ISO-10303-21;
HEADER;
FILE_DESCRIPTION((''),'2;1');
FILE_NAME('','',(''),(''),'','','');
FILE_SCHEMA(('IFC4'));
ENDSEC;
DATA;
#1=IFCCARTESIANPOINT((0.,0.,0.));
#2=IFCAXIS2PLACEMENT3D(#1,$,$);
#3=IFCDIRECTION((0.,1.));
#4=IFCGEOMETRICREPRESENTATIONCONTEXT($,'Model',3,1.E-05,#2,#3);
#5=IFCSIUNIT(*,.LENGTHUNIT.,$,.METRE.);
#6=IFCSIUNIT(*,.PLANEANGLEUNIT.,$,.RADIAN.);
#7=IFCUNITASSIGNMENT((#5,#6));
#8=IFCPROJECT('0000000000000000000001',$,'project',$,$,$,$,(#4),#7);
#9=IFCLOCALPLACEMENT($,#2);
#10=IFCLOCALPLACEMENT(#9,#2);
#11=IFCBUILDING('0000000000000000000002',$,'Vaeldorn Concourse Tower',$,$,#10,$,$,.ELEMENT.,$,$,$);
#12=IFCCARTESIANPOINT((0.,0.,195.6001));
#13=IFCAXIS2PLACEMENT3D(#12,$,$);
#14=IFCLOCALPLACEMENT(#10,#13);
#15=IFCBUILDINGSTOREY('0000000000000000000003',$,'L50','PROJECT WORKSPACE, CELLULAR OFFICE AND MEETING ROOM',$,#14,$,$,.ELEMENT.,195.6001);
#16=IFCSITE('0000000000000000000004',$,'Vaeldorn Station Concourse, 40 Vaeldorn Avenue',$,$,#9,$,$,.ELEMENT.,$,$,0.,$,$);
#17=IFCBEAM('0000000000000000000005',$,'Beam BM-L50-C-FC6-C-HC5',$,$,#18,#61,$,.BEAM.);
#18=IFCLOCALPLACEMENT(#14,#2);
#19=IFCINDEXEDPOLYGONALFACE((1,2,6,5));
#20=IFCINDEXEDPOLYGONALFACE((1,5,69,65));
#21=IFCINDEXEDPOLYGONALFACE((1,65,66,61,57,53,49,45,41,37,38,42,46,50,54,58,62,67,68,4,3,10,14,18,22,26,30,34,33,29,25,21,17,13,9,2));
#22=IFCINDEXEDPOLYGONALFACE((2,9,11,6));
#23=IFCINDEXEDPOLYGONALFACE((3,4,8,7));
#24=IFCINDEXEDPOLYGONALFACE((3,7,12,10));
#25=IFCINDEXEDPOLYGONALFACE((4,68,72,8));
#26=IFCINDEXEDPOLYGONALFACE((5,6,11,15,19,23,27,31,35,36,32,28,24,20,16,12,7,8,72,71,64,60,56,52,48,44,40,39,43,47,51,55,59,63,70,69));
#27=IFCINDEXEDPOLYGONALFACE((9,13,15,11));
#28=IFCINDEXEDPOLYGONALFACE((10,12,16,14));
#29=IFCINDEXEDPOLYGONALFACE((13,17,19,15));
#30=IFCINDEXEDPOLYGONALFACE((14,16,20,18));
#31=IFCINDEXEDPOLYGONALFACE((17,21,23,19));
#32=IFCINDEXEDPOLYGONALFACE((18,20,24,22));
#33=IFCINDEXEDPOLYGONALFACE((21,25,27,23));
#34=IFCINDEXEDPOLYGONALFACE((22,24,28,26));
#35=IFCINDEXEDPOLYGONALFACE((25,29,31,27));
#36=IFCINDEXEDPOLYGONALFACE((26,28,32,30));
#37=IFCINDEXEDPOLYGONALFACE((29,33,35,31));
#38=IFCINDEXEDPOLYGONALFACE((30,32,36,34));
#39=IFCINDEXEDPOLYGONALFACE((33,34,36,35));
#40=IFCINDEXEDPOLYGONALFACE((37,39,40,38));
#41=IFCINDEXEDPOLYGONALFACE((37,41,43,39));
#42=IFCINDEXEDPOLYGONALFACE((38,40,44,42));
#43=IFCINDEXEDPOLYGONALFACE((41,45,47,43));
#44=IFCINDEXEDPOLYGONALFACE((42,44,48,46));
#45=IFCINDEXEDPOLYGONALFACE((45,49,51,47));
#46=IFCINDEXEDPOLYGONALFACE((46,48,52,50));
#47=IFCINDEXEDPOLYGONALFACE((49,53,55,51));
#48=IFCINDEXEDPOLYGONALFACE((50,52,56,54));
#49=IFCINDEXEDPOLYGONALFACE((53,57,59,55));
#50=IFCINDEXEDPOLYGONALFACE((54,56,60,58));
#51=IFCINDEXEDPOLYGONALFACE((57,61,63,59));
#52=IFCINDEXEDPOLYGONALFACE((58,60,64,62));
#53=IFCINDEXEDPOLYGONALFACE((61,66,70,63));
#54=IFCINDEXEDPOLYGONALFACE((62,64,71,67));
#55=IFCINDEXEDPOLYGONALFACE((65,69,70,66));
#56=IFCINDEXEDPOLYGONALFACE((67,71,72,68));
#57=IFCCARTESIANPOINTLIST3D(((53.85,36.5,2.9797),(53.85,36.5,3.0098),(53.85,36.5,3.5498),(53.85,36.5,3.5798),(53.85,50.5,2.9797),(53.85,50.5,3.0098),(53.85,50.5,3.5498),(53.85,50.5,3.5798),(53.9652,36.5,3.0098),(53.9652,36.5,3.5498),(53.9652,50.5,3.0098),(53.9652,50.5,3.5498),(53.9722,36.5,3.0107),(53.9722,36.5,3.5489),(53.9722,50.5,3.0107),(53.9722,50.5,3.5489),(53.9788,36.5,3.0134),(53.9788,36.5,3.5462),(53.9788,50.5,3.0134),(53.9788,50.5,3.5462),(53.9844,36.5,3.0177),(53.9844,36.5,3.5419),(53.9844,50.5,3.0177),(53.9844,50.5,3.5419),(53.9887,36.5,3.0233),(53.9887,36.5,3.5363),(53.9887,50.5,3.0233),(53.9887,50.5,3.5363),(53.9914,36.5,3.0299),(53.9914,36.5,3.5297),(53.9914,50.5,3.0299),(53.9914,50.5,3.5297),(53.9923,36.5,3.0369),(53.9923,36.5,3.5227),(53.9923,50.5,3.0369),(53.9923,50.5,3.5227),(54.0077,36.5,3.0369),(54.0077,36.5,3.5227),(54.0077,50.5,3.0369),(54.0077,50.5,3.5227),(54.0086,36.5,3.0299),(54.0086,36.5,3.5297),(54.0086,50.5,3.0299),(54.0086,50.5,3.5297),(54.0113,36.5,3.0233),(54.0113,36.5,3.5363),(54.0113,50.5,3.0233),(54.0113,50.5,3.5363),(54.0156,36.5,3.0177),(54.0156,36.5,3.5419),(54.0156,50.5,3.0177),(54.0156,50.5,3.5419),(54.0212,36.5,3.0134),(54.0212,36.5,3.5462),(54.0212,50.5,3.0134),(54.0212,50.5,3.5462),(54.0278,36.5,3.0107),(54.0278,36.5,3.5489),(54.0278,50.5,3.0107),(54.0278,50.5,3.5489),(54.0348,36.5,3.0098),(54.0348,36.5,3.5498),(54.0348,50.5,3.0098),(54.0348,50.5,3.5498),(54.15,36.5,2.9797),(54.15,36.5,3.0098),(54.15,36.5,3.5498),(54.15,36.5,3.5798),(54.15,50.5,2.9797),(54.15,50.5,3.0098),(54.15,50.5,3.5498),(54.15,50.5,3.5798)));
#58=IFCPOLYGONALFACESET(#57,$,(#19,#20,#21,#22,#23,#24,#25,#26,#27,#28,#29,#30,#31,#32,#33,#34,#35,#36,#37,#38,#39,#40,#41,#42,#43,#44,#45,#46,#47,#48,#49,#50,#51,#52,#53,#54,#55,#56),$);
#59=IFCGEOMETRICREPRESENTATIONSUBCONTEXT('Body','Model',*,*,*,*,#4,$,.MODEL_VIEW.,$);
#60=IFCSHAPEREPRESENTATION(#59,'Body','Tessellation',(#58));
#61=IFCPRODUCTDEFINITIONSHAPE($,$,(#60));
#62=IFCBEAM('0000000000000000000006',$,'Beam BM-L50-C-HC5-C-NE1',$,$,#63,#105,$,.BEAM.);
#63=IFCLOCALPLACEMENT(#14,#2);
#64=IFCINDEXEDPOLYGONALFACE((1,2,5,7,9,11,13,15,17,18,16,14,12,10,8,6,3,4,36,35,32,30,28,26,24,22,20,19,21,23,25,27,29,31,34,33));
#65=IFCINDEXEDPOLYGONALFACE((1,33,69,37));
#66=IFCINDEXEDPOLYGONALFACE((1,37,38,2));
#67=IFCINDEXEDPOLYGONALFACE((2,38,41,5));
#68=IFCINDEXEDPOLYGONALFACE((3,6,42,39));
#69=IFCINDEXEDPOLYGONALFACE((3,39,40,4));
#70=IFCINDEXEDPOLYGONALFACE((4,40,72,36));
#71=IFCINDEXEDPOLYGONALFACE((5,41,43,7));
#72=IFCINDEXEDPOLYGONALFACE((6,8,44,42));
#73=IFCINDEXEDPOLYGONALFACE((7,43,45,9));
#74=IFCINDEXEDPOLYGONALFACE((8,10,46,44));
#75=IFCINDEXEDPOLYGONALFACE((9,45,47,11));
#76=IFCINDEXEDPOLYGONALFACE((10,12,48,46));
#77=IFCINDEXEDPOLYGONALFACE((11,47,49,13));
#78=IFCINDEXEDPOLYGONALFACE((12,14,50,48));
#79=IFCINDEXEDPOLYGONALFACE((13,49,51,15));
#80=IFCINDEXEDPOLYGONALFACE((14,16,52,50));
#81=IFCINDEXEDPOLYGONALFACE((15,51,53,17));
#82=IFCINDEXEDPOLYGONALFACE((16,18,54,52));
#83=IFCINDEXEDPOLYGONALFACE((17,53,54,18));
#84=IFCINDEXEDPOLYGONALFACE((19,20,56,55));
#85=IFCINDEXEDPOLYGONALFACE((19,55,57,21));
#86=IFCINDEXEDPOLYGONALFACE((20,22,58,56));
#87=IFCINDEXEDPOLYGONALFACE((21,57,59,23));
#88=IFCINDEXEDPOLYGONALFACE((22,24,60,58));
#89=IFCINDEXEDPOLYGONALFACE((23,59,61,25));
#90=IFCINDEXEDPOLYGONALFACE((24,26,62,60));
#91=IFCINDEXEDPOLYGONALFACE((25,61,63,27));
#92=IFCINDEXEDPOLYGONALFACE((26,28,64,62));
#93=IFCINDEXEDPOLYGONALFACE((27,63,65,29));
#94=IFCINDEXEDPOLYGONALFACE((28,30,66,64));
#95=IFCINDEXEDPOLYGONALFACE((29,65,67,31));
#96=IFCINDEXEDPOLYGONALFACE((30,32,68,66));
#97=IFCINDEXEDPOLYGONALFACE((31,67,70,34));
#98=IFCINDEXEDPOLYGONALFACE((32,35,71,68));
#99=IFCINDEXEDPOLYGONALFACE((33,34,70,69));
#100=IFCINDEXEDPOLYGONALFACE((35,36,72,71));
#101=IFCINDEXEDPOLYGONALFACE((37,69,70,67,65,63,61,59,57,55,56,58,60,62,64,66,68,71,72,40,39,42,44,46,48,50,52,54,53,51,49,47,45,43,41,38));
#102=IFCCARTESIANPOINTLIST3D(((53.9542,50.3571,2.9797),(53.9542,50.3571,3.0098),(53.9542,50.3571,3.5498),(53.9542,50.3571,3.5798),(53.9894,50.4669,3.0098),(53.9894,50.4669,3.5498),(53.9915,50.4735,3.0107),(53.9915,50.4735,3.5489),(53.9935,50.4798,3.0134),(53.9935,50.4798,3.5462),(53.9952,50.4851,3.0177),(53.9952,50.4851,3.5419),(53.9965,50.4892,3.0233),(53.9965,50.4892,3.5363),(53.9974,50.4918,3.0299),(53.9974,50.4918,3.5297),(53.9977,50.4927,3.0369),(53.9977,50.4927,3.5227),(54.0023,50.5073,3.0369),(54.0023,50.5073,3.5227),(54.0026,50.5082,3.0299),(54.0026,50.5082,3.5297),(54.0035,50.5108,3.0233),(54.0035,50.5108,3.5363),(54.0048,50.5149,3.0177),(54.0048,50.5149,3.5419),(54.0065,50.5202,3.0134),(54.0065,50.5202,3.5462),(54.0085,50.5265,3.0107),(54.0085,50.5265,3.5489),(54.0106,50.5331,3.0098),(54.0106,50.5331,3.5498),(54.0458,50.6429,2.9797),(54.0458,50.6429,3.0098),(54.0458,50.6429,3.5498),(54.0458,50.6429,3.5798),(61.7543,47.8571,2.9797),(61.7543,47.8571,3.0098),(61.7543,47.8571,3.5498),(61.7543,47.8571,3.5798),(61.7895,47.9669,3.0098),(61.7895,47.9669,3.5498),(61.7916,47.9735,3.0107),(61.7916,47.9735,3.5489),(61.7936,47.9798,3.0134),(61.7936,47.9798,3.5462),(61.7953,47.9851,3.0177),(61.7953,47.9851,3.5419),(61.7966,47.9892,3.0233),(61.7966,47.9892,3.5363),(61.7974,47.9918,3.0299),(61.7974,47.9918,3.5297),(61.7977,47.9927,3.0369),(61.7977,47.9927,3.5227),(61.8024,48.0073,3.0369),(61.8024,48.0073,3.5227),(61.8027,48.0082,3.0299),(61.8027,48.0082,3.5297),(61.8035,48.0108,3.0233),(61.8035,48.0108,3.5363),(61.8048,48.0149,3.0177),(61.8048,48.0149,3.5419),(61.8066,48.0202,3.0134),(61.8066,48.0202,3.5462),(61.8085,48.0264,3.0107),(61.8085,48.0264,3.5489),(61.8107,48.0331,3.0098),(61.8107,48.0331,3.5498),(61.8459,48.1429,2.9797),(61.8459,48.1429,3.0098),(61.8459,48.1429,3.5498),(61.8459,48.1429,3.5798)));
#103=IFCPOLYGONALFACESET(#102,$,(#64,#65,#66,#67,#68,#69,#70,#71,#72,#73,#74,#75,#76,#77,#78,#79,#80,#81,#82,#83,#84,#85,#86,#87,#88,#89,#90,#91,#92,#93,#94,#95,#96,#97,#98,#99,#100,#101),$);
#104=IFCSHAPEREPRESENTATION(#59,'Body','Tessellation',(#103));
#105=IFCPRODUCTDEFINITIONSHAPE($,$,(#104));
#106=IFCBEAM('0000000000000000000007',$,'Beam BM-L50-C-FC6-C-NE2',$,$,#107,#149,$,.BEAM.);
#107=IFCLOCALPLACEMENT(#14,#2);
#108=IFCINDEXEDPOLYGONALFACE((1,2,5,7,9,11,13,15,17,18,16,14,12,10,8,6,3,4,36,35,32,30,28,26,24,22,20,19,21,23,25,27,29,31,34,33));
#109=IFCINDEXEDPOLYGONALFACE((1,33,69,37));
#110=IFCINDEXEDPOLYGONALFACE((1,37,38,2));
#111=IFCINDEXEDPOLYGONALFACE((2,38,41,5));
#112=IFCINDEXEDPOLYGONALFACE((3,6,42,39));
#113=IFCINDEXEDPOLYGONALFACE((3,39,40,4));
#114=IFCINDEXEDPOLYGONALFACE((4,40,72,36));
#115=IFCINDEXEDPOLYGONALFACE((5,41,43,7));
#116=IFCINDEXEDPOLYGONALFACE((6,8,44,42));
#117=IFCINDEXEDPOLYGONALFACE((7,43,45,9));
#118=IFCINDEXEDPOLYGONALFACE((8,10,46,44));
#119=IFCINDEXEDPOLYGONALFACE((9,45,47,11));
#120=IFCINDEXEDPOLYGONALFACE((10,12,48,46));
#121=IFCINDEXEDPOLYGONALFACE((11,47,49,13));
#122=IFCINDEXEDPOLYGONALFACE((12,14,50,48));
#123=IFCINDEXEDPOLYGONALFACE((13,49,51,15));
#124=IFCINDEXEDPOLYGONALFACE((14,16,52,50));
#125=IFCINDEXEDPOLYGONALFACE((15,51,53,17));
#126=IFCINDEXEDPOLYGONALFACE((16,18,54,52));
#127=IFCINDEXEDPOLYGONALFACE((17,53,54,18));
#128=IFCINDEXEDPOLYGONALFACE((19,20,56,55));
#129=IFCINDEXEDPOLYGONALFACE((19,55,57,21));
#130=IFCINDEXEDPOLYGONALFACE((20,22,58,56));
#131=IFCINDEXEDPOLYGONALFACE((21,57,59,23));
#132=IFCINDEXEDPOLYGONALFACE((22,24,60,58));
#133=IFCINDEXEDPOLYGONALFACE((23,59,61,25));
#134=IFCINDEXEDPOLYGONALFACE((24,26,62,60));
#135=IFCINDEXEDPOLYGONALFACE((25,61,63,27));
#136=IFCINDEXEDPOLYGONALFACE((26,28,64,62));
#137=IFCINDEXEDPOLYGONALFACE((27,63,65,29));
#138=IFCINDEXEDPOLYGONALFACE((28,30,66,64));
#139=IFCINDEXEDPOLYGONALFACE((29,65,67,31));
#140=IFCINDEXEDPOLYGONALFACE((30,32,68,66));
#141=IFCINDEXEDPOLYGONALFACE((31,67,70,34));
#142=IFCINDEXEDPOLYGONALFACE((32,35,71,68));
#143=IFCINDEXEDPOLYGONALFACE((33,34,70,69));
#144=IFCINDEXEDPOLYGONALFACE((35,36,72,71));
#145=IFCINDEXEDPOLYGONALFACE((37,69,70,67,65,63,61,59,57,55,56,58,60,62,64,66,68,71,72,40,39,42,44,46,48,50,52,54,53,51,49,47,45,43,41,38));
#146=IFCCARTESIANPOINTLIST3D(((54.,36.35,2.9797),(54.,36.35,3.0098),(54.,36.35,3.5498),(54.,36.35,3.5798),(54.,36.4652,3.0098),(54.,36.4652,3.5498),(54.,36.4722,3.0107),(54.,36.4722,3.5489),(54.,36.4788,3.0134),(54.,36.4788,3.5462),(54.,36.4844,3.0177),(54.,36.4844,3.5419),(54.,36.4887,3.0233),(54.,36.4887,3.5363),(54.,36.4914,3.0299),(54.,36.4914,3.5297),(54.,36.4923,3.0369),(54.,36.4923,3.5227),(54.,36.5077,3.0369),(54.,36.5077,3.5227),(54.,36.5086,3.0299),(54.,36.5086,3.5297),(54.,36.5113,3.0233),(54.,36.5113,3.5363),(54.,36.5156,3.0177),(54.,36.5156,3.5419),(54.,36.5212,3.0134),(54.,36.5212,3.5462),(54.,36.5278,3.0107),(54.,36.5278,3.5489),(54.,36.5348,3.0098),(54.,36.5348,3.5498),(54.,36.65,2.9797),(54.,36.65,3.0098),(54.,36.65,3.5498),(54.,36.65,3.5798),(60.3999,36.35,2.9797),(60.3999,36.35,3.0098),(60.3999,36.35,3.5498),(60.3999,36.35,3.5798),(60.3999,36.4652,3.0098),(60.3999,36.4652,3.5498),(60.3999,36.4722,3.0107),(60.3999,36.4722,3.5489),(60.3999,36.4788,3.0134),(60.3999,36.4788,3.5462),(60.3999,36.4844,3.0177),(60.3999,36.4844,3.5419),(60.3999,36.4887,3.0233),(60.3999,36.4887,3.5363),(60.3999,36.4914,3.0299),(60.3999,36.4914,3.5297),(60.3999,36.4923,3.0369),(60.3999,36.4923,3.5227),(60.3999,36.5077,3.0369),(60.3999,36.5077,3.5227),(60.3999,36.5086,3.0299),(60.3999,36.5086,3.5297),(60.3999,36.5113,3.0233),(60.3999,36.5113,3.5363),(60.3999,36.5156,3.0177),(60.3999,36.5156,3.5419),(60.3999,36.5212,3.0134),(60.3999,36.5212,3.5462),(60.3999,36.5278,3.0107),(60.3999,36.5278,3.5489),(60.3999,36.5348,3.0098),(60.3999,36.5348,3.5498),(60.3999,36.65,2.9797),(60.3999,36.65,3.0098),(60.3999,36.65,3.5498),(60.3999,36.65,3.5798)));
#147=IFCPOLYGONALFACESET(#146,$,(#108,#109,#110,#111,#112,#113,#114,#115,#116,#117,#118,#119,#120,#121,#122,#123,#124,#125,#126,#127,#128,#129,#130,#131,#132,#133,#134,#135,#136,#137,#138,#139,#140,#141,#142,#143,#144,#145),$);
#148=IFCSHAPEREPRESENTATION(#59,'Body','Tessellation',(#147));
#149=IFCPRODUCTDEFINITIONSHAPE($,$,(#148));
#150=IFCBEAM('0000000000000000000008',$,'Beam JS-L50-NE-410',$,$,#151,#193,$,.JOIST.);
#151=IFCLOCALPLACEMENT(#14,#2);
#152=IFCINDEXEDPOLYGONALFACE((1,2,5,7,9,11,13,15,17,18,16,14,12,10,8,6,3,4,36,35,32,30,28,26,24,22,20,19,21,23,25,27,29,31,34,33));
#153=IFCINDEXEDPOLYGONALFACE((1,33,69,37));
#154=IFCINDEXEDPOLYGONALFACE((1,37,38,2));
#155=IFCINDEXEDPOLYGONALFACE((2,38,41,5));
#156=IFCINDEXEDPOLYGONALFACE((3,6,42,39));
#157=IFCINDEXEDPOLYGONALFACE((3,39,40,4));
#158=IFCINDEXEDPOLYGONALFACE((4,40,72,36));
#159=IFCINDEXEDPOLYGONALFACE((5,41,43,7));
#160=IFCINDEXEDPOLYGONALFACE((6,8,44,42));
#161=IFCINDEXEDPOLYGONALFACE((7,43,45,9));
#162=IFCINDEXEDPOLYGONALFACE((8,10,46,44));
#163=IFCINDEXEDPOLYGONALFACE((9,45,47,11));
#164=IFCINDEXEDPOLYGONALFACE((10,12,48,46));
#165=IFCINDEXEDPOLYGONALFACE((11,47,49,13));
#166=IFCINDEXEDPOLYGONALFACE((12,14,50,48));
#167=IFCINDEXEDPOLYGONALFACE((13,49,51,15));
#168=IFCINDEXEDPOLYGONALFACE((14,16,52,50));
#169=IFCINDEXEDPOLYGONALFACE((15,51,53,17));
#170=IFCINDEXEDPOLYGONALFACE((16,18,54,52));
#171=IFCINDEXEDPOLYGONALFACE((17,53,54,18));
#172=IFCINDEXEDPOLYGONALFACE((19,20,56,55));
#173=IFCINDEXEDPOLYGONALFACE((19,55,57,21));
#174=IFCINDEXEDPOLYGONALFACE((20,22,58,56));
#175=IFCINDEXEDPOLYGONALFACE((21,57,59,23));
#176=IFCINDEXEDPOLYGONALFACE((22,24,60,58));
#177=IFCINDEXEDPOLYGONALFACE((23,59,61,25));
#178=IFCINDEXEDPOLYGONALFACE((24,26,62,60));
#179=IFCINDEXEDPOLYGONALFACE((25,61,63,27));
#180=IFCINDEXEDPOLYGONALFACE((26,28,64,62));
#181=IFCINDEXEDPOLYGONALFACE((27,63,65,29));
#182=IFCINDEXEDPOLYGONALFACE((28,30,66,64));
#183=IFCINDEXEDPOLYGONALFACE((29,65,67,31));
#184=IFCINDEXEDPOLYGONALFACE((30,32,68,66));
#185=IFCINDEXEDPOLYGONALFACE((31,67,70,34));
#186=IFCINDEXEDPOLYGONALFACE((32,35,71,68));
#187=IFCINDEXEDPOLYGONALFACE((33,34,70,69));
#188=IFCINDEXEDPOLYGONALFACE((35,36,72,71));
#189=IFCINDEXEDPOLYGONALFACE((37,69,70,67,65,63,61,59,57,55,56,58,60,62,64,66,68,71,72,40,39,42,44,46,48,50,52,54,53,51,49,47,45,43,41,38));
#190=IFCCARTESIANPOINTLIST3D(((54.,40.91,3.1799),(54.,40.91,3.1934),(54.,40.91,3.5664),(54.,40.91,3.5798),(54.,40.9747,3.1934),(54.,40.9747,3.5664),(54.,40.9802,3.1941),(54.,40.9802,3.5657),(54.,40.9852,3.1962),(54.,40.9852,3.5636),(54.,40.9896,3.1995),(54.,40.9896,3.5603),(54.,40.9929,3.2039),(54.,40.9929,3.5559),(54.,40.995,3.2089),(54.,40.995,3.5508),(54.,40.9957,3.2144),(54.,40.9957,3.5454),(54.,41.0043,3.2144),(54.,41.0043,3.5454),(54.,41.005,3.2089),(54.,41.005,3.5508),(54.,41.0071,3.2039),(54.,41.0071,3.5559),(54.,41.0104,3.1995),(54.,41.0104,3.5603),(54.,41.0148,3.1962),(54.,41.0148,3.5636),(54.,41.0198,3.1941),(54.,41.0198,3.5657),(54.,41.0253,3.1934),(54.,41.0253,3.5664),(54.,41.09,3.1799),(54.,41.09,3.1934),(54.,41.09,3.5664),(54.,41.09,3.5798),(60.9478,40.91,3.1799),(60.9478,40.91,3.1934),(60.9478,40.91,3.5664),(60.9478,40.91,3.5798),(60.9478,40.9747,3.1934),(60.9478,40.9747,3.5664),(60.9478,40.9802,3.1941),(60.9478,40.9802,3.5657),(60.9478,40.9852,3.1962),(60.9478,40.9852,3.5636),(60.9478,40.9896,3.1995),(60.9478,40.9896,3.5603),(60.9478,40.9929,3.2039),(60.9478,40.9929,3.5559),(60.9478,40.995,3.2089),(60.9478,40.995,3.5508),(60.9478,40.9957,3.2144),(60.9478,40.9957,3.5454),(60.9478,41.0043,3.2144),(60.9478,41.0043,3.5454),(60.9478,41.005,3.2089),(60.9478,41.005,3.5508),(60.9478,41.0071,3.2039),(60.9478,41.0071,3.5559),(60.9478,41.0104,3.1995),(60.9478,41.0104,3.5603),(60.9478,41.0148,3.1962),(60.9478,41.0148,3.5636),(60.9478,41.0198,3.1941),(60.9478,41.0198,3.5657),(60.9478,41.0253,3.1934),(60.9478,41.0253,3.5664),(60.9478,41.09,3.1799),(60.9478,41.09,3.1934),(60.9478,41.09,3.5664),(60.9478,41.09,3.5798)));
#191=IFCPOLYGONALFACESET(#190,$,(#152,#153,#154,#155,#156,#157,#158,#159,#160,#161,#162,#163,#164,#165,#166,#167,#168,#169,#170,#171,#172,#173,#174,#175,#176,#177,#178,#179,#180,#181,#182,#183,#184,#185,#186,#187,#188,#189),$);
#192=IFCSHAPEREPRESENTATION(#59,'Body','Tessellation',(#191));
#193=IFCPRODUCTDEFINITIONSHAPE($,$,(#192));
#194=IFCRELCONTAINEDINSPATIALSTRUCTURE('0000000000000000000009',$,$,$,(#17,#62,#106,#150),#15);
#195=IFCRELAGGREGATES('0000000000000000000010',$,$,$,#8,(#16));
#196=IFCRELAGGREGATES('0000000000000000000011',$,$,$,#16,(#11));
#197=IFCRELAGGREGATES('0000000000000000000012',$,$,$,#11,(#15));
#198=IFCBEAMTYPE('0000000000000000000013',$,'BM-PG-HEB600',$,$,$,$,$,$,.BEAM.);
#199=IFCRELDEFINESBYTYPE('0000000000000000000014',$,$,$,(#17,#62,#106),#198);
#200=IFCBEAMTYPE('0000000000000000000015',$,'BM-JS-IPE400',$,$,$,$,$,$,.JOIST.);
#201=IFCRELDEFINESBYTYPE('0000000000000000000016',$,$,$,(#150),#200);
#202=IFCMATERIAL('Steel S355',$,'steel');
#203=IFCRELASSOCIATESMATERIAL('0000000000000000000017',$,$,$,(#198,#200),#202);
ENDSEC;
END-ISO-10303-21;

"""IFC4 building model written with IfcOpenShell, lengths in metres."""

from ifc_helpers import new_model, si_unit, direction, frame, origin, origin_2d, place, context, subcontext, project, spatial, i_section, extrude, source, transform, mapped, material, material_profile, profile_set, type_object, element, save


model = new_model("IFC4")

# Units and contexts
model_context = context("Model", 3, precision=1e-05, world=origin(), true_north=direction((0.0, 1.0)))
body_context = subcontext(model_context, "Body", "Model", "MODEL_VIEW")
ifc_project = project(units=[si_unit("LENGTHUNIT", "METRE"), si_unit("PLANEANGLEUNIT", "RADIAN")], contexts=[model_context])

# Site, building, storey
site_placement = place(None, origin())
site = spatial("IfcSite", under=ifc_project, at=site_placement, Name="Vaeldorn Station Concourse, 40 Vaeldorn Avenue", CompositionType="ELEMENT", RefElevation=0.0)
building_placement = place(site_placement, origin())
building = spatial("IfcBuilding", under=site, at=building_placement, Name="Vaeldorn Concourse Tower", CompositionType="ELEMENT")
storey_placement = place(building_placement, frame((0.0, 0.0, 195.6001)))
storey = spatial("IfcBuildingStorey", under=building, at=storey_placement, Name="L50", Description="PROJECT WORKSPACE, CELLULAR OFFICE AND MEETING ROOM", CompositionType="ELEMENT", Elevation=195.6001)

# Beams
ifc_material_1 = material(Name="Steel S355", Category="steel")
ifc_material_profile_1 = material_profile(ifc_material_1, i_section(OverallWidth=0.3, OverallDepth=0.6001, WebThickness=0.0154, FlangeThickness=0.03, FilletRadius=0.0271, at=origin_2d()), Name="HEB 600")
ifc_profile_set_1 = profile_set([ifc_material_profile_1], Name="Steel S355")
beam_type_1 = type_object("IfcBeamType", Name="BM-PG-HEB600", PredefinedType="BEAM", material=ifc_profile_set_1)
shared_shape_1 = source(origin(), body_context, "Body", "SweptSolid", [
    extrude(i_section(OverallWidth=0.3, OverallDepth=0.6001, WebThickness=0.0154, FlangeThickness=0.03, FilletRadius=0.0271, at=origin_2d()), origin(), (0.0, 0.0, 1.0), 14.0),
])
beam_1_placement = place(storey_placement, frame((54.0, 36.5, 3.2798), z_axis=(0.0, 1.0, 0.0), x_axis=(-1.0, 0.0, 0.0)))
element("IfcBeam", 1, at=beam_1_placement, inside=storey, type_object=beam_type_1, Name="Beam BM-L50-C-FC6-C-HC5", PredefinedType="BEAM", context=body_context, shape_type="MappedRepresentation", body=[
    mapped(shared_shape_1, transform((0.0, 0.0, 0.0), scale=1.0)),
])
shared_shape_2 = source(origin(), body_context, "Body", "SweptSolid", [
    extrude(i_section(OverallWidth=0.3, OverallDepth=0.6001, WebThickness=0.0154, FlangeThickness=0.03, FilletRadius=0.0271, at=origin_2d()), origin(), (0.0, 0.0, 1.0), 8.1909),
])
beam_2_placement = place(storey_placement, frame((54.0, 50.5, 3.2798), z_axis=(0.952283, -0.305217, 0.0), x_axis=(0.305217, 0.952283, 0.0)))
element("IfcBeam", 2, at=beam_2_placement, inside=storey, type_object=beam_type_1, Name="Beam BM-L50-C-HC5-C-NE1", PredefinedType="BEAM", context=body_context, shape_type="MappedRepresentation", body=[
    mapped(shared_shape_2, transform((0.0, 0.0, 0.0), scale=1.0)),
])
shared_shape_3 = source(origin(), body_context, "Body", "SweptSolid", [
    extrude(i_section(OverallWidth=0.3, OverallDepth=0.6001, WebThickness=0.0154, FlangeThickness=0.03, FilletRadius=0.0271, at=origin_2d()), origin(), (0.0, 0.0, 1.0), 6.3999),
])
beam_3_placement = place(storey_placement, frame((54.0, 36.5, 3.2798), z_axis=(1.0, 0.0, 0.0), x_axis=(0.0, 1.0, 0.0)))
element("IfcBeam", 3, at=beam_3_placement, inside=storey, type_object=beam_type_1, Name="Beam BM-L50-C-FC6-C-NE2", PredefinedType="BEAM", context=body_context, shape_type="MappedRepresentation", body=[
    mapped(shared_shape_3, transform((0.0, 0.0, 0.0), scale=1.0)),
])
ifc_material_profile_2 = material_profile(ifc_material_1, i_section(OverallWidth=0.1799, OverallDepth=0.3999, WebThickness=0.0085, FlangeThickness=0.0134, FilletRadius=0.021, at=origin_2d()), Name="IPE 400")
ifc_profile_set_2 = profile_set([ifc_material_profile_2], Name="Steel S355")
beam_type_2 = type_object("IfcBeamType", Name="BM-JS-IPE400", PredefinedType="JOIST", material=ifc_profile_set_2)
shared_shape_4 = source(origin(), body_context, "Body", "SweptSolid", [
    extrude(i_section(OverallWidth=0.1799, OverallDepth=0.3999, WebThickness=0.0085, FlangeThickness=0.0134, FilletRadius=0.021, at=origin_2d()), origin(), (0.0, 0.0, 1.0), 6.9478),
])
beam_4_placement = place(storey_placement, frame((54.0, 41.0, 3.3799), z_axis=(1.0, 0.0, 0.0), x_axis=(0.0, 1.0, 0.0)))
element("IfcBeam", 4, at=beam_4_placement, inside=storey, type_object=beam_type_2, Name="Beam JS-L50-NE-410", PredefinedType="JOIST", context=body_context, shape_type="MappedRepresentation", body=[
    mapped(shared_shape_4, transform((0.0, 0.0, 0.0), scale=1.0)),
])

save(model, "model.ifc")
